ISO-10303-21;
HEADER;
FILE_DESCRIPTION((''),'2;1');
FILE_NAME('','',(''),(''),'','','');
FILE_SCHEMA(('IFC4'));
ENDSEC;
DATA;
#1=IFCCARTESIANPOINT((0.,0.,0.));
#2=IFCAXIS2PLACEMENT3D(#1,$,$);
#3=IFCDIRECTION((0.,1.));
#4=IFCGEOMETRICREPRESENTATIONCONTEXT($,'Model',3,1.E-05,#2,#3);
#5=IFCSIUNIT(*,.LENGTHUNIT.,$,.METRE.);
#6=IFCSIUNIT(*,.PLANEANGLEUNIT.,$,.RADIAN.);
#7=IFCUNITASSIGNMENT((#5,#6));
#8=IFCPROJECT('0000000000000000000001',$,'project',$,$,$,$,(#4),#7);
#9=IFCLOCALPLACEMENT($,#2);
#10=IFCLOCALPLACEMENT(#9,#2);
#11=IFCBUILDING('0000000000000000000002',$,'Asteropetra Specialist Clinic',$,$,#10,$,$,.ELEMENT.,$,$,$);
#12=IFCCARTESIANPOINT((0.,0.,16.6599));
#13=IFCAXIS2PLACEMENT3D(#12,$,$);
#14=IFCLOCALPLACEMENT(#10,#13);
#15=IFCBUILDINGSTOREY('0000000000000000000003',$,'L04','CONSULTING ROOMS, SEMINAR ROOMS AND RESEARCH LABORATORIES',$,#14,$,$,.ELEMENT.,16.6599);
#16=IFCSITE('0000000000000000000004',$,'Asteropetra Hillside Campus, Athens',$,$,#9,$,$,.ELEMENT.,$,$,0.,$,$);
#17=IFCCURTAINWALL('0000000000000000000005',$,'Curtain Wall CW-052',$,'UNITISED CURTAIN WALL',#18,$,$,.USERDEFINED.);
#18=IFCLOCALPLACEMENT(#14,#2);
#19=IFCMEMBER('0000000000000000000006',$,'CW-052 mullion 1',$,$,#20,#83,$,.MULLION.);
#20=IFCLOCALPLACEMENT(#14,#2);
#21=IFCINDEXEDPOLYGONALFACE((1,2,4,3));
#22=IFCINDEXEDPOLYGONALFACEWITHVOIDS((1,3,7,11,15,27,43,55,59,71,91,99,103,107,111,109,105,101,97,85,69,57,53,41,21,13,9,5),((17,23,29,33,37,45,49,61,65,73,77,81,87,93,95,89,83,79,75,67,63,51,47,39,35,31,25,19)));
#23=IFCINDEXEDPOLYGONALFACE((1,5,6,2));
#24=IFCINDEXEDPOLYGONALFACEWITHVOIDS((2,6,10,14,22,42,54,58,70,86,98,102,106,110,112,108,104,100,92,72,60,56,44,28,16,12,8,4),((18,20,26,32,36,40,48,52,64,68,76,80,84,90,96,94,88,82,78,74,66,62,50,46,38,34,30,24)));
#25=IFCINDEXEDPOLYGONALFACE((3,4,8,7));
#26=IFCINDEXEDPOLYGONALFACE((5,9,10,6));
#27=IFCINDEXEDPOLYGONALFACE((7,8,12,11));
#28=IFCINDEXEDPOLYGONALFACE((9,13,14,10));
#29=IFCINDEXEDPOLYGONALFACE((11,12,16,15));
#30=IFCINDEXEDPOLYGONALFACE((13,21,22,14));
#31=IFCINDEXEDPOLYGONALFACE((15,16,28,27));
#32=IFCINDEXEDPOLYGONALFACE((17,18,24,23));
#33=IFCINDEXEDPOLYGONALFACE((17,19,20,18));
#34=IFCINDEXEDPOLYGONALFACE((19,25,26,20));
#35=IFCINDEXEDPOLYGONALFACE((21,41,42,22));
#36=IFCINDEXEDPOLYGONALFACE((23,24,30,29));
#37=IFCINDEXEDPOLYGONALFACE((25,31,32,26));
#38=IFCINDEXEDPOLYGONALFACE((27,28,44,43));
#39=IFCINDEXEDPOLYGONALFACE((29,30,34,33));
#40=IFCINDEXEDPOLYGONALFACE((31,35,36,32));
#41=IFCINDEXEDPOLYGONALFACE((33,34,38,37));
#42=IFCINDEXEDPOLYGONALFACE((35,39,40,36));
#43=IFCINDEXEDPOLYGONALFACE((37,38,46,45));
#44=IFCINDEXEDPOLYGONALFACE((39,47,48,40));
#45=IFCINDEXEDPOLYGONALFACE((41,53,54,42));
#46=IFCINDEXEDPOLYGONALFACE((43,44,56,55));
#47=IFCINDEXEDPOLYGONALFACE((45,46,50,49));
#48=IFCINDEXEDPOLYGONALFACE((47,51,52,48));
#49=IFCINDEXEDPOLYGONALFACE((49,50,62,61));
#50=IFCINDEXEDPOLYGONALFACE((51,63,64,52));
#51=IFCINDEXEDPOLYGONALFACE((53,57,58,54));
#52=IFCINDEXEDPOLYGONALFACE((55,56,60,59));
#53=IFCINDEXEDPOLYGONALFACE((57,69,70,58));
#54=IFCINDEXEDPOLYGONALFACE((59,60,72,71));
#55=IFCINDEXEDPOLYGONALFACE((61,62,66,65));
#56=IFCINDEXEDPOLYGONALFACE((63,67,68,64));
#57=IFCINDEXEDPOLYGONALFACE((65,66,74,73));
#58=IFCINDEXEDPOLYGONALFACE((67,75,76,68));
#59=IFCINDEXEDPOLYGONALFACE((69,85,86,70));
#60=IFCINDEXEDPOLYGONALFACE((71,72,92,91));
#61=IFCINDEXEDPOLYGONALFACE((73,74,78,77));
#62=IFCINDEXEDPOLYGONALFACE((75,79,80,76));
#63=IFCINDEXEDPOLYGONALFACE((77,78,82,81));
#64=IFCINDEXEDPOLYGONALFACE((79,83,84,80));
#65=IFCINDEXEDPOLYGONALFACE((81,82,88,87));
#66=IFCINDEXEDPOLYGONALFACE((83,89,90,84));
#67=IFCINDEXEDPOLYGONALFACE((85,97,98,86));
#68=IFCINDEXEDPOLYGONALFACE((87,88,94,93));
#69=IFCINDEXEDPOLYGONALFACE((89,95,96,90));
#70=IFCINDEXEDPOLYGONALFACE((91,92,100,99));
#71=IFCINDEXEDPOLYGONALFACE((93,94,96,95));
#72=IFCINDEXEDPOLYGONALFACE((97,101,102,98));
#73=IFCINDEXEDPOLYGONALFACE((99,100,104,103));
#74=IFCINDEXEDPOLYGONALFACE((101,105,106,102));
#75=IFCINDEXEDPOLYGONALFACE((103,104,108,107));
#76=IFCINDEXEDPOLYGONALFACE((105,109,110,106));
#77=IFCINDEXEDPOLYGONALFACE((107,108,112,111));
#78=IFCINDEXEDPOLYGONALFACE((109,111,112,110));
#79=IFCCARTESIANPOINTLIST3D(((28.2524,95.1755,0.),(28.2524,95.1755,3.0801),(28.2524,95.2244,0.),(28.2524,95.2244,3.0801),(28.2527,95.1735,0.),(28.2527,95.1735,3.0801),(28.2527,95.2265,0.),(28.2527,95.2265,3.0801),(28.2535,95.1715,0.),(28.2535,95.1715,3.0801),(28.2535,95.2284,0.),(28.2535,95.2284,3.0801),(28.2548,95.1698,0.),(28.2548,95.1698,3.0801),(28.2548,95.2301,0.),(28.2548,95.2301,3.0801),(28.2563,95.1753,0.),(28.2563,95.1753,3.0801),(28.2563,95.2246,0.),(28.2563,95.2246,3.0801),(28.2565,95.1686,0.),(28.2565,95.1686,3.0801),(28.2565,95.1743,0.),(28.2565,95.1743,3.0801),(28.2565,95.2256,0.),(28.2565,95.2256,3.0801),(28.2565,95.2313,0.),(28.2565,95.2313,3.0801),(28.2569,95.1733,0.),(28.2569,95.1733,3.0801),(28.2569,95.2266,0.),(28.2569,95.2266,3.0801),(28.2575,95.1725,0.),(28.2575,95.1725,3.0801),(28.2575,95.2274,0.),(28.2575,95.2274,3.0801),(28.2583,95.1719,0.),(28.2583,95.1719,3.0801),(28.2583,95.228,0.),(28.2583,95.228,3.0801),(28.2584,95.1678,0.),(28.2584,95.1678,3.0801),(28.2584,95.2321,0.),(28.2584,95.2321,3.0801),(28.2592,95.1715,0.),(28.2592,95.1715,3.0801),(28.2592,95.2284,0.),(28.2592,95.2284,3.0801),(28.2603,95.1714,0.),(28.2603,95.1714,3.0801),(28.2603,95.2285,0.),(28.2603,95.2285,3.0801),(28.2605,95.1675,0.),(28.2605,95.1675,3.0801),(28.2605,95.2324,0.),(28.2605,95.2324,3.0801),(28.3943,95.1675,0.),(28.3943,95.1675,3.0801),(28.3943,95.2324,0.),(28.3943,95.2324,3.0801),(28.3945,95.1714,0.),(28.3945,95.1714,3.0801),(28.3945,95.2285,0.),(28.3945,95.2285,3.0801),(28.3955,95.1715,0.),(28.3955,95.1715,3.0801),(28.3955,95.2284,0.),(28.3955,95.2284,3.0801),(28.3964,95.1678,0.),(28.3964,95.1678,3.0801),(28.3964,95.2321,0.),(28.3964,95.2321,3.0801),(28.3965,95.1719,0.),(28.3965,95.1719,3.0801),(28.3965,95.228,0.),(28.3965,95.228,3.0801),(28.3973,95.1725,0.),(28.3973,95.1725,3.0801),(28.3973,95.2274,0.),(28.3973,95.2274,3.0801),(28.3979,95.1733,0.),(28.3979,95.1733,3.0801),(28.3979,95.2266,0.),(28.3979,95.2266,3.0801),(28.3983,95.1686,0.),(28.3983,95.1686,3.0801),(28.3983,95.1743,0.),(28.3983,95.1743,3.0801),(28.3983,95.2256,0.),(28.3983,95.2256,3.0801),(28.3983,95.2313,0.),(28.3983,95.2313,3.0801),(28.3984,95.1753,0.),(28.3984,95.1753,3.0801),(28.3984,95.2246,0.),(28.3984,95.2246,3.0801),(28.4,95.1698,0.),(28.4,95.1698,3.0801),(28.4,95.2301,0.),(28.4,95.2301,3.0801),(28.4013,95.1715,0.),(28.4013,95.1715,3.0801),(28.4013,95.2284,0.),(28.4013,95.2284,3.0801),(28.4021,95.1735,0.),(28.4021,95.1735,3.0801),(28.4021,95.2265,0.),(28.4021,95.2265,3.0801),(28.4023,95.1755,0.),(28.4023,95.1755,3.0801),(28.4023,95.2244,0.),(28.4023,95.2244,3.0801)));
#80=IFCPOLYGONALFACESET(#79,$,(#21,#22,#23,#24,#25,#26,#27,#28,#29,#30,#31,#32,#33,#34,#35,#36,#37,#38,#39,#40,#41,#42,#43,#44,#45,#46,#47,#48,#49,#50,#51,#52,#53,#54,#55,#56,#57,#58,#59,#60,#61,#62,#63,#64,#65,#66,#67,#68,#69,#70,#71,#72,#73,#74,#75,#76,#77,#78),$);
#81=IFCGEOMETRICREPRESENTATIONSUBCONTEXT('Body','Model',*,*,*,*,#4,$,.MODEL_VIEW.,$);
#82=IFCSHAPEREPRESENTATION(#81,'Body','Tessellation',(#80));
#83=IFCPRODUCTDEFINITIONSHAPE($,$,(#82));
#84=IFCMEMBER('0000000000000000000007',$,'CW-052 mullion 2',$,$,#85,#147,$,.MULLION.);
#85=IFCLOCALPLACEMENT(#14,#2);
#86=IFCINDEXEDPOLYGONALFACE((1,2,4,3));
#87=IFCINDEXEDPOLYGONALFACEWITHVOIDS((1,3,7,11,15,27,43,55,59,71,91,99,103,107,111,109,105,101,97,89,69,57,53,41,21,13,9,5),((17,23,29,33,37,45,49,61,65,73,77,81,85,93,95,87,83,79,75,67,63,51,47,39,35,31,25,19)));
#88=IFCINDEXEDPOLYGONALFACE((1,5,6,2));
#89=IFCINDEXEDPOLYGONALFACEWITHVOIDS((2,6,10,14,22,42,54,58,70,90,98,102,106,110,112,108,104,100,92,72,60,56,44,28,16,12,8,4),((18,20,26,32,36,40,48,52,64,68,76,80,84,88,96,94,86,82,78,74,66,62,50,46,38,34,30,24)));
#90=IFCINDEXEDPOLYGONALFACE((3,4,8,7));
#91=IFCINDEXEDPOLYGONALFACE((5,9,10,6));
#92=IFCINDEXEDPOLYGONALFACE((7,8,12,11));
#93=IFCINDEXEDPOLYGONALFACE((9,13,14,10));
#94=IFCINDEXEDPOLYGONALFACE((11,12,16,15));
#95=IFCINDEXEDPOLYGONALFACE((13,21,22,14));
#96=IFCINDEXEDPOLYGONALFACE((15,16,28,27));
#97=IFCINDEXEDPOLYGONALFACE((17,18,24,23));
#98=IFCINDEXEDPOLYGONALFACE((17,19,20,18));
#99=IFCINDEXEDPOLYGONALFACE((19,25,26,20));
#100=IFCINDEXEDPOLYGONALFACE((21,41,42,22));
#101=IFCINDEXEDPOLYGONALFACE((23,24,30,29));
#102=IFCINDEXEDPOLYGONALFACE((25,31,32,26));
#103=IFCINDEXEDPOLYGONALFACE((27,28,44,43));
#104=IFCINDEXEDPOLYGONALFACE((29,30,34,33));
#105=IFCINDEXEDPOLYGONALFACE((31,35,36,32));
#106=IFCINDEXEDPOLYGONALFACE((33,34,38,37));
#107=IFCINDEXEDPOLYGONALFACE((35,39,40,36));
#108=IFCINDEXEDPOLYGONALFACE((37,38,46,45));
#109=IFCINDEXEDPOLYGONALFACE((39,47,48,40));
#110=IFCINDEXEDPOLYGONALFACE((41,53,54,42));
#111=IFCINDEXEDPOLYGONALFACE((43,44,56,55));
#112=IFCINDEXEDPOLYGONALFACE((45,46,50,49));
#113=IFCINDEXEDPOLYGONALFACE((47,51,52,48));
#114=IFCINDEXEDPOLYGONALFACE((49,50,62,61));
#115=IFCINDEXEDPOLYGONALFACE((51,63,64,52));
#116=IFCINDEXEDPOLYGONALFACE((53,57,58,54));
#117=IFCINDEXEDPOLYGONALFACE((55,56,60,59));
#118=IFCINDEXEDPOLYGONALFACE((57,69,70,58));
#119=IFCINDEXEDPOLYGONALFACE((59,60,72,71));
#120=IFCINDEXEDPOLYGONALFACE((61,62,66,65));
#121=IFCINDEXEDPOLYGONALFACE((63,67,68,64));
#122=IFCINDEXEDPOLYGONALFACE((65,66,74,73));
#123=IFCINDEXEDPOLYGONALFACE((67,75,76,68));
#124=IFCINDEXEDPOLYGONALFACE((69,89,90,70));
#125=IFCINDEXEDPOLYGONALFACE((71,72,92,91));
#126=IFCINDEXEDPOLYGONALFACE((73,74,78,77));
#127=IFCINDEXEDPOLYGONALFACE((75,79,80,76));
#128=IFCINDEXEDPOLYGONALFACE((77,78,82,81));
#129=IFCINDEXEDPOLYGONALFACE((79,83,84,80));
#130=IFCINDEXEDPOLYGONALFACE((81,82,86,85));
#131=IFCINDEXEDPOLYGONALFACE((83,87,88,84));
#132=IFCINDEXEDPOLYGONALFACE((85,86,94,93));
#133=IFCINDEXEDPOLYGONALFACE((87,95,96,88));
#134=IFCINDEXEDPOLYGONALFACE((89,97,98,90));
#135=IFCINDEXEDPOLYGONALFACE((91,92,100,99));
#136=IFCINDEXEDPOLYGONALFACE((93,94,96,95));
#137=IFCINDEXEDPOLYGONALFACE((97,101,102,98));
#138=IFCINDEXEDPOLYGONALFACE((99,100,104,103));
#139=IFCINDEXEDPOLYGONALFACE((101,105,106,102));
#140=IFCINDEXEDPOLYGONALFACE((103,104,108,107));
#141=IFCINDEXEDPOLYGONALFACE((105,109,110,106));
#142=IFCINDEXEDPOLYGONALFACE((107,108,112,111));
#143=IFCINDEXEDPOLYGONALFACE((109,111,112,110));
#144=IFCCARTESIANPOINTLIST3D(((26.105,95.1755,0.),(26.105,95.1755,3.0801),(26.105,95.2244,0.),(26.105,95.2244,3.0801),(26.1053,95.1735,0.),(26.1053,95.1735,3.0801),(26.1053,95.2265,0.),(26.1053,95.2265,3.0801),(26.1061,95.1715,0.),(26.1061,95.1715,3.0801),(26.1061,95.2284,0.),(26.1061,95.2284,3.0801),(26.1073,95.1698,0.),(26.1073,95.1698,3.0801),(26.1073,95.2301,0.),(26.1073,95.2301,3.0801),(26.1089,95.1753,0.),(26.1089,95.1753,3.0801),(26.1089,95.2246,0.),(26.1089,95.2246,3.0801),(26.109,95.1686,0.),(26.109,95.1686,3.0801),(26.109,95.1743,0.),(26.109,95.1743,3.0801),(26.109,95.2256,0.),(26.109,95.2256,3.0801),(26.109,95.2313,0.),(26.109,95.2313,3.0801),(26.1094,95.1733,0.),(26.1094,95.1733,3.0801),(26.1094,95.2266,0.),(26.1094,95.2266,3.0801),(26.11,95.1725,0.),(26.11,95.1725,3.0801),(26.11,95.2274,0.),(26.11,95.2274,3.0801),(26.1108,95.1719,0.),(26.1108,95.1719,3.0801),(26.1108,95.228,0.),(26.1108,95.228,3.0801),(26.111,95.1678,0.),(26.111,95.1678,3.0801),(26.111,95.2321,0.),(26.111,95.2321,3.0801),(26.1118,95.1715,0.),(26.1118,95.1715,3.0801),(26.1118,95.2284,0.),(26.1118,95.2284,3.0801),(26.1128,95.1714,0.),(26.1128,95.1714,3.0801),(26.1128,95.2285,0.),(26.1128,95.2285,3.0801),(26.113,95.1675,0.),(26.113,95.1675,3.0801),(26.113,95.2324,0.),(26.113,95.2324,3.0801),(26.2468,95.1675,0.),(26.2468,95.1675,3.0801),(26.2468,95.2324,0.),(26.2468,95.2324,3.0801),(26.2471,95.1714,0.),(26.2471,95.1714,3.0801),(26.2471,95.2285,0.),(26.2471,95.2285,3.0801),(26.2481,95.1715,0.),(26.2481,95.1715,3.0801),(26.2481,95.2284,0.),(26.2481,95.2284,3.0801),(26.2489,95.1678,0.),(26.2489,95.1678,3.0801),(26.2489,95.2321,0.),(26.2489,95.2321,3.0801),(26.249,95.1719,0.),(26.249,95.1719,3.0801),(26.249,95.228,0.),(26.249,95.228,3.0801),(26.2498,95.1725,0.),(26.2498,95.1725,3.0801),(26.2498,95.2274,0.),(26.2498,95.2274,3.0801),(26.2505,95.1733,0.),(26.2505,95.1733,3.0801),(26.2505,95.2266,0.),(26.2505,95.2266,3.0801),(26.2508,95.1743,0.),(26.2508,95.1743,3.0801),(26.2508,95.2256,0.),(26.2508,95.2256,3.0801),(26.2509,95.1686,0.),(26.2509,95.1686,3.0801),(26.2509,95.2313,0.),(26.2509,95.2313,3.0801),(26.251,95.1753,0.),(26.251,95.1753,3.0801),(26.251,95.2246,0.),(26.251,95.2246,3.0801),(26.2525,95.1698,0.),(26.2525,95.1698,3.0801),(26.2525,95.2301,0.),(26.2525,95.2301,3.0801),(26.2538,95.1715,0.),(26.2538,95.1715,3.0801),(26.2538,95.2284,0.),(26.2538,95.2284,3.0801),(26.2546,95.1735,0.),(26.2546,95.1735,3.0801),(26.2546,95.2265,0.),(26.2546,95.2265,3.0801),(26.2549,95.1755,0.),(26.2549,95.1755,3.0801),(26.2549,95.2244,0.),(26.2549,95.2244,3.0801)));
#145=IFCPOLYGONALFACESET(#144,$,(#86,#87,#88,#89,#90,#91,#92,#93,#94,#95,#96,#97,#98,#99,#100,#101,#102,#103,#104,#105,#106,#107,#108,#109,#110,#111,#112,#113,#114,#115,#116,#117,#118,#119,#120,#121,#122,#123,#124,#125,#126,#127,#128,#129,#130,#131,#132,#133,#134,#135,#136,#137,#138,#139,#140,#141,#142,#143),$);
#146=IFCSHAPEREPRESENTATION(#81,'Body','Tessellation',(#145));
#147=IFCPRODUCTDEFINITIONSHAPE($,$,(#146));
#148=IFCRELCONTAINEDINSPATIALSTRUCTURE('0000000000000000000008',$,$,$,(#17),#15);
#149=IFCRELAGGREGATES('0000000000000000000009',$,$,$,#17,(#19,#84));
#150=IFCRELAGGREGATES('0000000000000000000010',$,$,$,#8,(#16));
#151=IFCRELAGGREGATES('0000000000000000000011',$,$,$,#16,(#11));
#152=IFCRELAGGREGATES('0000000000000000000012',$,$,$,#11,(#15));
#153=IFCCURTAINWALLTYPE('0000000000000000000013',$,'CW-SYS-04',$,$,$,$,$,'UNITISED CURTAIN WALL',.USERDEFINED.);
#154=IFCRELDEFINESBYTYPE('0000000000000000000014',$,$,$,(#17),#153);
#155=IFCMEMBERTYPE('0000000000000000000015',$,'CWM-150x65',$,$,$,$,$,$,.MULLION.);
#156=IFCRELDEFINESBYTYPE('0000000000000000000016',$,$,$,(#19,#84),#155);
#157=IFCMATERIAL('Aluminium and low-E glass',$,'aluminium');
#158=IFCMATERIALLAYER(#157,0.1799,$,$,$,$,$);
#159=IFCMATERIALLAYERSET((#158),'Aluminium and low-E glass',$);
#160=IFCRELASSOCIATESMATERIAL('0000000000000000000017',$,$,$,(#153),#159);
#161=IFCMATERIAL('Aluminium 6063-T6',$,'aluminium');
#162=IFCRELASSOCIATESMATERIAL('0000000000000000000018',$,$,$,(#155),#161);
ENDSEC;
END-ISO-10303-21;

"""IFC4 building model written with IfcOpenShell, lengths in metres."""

from ifc_helpers import new_model, si_unit, direction, frame, origin, origin_2d, place, context, subcontext, project, spatial, hollow_rectangle, extrude, material, layer, layer_set, material_profile, profile_set, type_object, element, aggregate, save


model = new_model("IFC4")

# Units and contexts
model_context = context("Model", 3, precision=1e-05, world=origin(), true_north=direction((0.0, 1.0)))
body_context = subcontext(model_context, "Body", "Model", "MODEL_VIEW")
ifc_project = project(units=[si_unit("LENGTHUNIT", "METRE"), si_unit("PLANEANGLEUNIT", "RADIAN")], contexts=[model_context])

# Site, building, storey
site_placement = place(None, origin())
site = spatial("IfcSite", under=ifc_project, at=site_placement, Name="Asteropetra Hillside Campus, Athens", CompositionType="ELEMENT", RefElevation=0.0)
building_placement = place(site_placement, origin())
building = spatial("IfcBuilding", under=site, at=building_placement, Name="Asteropetra Specialist Clinic", CompositionType="ELEMENT")
storey_placement = place(building_placement, frame((0.0, 0.0, 16.6599)))
storey = spatial("IfcBuildingStorey", under=building, at=storey_placement, Name="L04", Description="CONSULTING ROOMS, SEMINAR ROOMS AND RESEARCH LABORATORIES", CompositionType="ELEMENT", Elevation=16.6599)

# Curtain wall, members
ifc_material_1 = material(Name="Aluminium and low-E glass", Category="aluminium")
ifc_layer_1 = layer(ifc_material_1, 0.1799)
ifc_layer_set_1 = layer_set([ifc_layer_1], Name="Aluminium and low-E glass")
curtain_wall_type_1 = type_object("IfcCurtainWallType", Name="CW-SYS-04", ElementType="UNITISED CURTAIN WALL", PredefinedType="USERDEFINED", material=ifc_layer_set_1)
curtain_wall_1_placement = place(storey_placement, origin())
curtain_wall_1 = element("IfcCurtainWall", 1, at=curtain_wall_1_placement, inside=storey, type_object=curtain_wall_type_1, Name="Curtain Wall CW-052", ObjectType="UNITISED CURTAIN WALL", PredefinedType="USERDEFINED")
ifc_material_2 = material(Name="Aluminium 6063-T6", Category="aluminium")
ifc_material_profile_1 = material_profile(ifc_material_2, hollow_rectangle(XDim=0.0649, YDim=0.1499, WallThickness=0.0039, InnerFilletRadius=0.0039, OuterFilletRadius=0.0081, at=origin_2d()), Name="MUL 150x65x4.0")
ifc_profile_set_1 = profile_set([ifc_material_profile_1], Name="Aluminium 6063-T6")
member_type_1 = type_object("IfcMemberType", Name="CWM-150x65", PredefinedType="MULLION", material=ifc_profile_set_1)
member_1_placement = place(storey_placement, frame((28.3274, 95.2, 0.0), z_axis=(0.0, 0.0, 1.0), x_axis=(0.0, -1.0, 0.0)))
member_1 = element("IfcMember", 2, at=member_1_placement, type_object=member_type_1, Name="CW-052 mullion 1", PredefinedType="MULLION", context=body_context, shape_type="SweptSolid", body=[
    extrude(hollow_rectangle(XDim=0.0649, YDim=0.1499, WallThickness=0.0039, InnerFilletRadius=0.0039, OuterFilletRadius=0.0081, at=origin_2d()), origin(), (0.0, 0.0, 1.0), 3.0801),
])
member_2_placement = place(storey_placement, frame((26.1799, 95.2, 0.0), z_axis=(0.0, 0.0, 1.0), x_axis=(0.0, -1.0, 0.0)))
member_2 = element("IfcMember", 3, at=member_2_placement, type_object=member_type_1, Name="CW-052 mullion 2", PredefinedType="MULLION", context=body_context, shape_type="SweptSolid", body=[
    extrude(hollow_rectangle(XDim=0.0649, YDim=0.1499, WallThickness=0.0039, InnerFilletRadius=0.0039, OuterFilletRadius=0.0081, at=origin_2d()), origin(), (0.0, 0.0, 1.0), 3.0801),
])

aggregate(curtain_wall_1, [member_1, member_2])

save(model, "model.ifc")
